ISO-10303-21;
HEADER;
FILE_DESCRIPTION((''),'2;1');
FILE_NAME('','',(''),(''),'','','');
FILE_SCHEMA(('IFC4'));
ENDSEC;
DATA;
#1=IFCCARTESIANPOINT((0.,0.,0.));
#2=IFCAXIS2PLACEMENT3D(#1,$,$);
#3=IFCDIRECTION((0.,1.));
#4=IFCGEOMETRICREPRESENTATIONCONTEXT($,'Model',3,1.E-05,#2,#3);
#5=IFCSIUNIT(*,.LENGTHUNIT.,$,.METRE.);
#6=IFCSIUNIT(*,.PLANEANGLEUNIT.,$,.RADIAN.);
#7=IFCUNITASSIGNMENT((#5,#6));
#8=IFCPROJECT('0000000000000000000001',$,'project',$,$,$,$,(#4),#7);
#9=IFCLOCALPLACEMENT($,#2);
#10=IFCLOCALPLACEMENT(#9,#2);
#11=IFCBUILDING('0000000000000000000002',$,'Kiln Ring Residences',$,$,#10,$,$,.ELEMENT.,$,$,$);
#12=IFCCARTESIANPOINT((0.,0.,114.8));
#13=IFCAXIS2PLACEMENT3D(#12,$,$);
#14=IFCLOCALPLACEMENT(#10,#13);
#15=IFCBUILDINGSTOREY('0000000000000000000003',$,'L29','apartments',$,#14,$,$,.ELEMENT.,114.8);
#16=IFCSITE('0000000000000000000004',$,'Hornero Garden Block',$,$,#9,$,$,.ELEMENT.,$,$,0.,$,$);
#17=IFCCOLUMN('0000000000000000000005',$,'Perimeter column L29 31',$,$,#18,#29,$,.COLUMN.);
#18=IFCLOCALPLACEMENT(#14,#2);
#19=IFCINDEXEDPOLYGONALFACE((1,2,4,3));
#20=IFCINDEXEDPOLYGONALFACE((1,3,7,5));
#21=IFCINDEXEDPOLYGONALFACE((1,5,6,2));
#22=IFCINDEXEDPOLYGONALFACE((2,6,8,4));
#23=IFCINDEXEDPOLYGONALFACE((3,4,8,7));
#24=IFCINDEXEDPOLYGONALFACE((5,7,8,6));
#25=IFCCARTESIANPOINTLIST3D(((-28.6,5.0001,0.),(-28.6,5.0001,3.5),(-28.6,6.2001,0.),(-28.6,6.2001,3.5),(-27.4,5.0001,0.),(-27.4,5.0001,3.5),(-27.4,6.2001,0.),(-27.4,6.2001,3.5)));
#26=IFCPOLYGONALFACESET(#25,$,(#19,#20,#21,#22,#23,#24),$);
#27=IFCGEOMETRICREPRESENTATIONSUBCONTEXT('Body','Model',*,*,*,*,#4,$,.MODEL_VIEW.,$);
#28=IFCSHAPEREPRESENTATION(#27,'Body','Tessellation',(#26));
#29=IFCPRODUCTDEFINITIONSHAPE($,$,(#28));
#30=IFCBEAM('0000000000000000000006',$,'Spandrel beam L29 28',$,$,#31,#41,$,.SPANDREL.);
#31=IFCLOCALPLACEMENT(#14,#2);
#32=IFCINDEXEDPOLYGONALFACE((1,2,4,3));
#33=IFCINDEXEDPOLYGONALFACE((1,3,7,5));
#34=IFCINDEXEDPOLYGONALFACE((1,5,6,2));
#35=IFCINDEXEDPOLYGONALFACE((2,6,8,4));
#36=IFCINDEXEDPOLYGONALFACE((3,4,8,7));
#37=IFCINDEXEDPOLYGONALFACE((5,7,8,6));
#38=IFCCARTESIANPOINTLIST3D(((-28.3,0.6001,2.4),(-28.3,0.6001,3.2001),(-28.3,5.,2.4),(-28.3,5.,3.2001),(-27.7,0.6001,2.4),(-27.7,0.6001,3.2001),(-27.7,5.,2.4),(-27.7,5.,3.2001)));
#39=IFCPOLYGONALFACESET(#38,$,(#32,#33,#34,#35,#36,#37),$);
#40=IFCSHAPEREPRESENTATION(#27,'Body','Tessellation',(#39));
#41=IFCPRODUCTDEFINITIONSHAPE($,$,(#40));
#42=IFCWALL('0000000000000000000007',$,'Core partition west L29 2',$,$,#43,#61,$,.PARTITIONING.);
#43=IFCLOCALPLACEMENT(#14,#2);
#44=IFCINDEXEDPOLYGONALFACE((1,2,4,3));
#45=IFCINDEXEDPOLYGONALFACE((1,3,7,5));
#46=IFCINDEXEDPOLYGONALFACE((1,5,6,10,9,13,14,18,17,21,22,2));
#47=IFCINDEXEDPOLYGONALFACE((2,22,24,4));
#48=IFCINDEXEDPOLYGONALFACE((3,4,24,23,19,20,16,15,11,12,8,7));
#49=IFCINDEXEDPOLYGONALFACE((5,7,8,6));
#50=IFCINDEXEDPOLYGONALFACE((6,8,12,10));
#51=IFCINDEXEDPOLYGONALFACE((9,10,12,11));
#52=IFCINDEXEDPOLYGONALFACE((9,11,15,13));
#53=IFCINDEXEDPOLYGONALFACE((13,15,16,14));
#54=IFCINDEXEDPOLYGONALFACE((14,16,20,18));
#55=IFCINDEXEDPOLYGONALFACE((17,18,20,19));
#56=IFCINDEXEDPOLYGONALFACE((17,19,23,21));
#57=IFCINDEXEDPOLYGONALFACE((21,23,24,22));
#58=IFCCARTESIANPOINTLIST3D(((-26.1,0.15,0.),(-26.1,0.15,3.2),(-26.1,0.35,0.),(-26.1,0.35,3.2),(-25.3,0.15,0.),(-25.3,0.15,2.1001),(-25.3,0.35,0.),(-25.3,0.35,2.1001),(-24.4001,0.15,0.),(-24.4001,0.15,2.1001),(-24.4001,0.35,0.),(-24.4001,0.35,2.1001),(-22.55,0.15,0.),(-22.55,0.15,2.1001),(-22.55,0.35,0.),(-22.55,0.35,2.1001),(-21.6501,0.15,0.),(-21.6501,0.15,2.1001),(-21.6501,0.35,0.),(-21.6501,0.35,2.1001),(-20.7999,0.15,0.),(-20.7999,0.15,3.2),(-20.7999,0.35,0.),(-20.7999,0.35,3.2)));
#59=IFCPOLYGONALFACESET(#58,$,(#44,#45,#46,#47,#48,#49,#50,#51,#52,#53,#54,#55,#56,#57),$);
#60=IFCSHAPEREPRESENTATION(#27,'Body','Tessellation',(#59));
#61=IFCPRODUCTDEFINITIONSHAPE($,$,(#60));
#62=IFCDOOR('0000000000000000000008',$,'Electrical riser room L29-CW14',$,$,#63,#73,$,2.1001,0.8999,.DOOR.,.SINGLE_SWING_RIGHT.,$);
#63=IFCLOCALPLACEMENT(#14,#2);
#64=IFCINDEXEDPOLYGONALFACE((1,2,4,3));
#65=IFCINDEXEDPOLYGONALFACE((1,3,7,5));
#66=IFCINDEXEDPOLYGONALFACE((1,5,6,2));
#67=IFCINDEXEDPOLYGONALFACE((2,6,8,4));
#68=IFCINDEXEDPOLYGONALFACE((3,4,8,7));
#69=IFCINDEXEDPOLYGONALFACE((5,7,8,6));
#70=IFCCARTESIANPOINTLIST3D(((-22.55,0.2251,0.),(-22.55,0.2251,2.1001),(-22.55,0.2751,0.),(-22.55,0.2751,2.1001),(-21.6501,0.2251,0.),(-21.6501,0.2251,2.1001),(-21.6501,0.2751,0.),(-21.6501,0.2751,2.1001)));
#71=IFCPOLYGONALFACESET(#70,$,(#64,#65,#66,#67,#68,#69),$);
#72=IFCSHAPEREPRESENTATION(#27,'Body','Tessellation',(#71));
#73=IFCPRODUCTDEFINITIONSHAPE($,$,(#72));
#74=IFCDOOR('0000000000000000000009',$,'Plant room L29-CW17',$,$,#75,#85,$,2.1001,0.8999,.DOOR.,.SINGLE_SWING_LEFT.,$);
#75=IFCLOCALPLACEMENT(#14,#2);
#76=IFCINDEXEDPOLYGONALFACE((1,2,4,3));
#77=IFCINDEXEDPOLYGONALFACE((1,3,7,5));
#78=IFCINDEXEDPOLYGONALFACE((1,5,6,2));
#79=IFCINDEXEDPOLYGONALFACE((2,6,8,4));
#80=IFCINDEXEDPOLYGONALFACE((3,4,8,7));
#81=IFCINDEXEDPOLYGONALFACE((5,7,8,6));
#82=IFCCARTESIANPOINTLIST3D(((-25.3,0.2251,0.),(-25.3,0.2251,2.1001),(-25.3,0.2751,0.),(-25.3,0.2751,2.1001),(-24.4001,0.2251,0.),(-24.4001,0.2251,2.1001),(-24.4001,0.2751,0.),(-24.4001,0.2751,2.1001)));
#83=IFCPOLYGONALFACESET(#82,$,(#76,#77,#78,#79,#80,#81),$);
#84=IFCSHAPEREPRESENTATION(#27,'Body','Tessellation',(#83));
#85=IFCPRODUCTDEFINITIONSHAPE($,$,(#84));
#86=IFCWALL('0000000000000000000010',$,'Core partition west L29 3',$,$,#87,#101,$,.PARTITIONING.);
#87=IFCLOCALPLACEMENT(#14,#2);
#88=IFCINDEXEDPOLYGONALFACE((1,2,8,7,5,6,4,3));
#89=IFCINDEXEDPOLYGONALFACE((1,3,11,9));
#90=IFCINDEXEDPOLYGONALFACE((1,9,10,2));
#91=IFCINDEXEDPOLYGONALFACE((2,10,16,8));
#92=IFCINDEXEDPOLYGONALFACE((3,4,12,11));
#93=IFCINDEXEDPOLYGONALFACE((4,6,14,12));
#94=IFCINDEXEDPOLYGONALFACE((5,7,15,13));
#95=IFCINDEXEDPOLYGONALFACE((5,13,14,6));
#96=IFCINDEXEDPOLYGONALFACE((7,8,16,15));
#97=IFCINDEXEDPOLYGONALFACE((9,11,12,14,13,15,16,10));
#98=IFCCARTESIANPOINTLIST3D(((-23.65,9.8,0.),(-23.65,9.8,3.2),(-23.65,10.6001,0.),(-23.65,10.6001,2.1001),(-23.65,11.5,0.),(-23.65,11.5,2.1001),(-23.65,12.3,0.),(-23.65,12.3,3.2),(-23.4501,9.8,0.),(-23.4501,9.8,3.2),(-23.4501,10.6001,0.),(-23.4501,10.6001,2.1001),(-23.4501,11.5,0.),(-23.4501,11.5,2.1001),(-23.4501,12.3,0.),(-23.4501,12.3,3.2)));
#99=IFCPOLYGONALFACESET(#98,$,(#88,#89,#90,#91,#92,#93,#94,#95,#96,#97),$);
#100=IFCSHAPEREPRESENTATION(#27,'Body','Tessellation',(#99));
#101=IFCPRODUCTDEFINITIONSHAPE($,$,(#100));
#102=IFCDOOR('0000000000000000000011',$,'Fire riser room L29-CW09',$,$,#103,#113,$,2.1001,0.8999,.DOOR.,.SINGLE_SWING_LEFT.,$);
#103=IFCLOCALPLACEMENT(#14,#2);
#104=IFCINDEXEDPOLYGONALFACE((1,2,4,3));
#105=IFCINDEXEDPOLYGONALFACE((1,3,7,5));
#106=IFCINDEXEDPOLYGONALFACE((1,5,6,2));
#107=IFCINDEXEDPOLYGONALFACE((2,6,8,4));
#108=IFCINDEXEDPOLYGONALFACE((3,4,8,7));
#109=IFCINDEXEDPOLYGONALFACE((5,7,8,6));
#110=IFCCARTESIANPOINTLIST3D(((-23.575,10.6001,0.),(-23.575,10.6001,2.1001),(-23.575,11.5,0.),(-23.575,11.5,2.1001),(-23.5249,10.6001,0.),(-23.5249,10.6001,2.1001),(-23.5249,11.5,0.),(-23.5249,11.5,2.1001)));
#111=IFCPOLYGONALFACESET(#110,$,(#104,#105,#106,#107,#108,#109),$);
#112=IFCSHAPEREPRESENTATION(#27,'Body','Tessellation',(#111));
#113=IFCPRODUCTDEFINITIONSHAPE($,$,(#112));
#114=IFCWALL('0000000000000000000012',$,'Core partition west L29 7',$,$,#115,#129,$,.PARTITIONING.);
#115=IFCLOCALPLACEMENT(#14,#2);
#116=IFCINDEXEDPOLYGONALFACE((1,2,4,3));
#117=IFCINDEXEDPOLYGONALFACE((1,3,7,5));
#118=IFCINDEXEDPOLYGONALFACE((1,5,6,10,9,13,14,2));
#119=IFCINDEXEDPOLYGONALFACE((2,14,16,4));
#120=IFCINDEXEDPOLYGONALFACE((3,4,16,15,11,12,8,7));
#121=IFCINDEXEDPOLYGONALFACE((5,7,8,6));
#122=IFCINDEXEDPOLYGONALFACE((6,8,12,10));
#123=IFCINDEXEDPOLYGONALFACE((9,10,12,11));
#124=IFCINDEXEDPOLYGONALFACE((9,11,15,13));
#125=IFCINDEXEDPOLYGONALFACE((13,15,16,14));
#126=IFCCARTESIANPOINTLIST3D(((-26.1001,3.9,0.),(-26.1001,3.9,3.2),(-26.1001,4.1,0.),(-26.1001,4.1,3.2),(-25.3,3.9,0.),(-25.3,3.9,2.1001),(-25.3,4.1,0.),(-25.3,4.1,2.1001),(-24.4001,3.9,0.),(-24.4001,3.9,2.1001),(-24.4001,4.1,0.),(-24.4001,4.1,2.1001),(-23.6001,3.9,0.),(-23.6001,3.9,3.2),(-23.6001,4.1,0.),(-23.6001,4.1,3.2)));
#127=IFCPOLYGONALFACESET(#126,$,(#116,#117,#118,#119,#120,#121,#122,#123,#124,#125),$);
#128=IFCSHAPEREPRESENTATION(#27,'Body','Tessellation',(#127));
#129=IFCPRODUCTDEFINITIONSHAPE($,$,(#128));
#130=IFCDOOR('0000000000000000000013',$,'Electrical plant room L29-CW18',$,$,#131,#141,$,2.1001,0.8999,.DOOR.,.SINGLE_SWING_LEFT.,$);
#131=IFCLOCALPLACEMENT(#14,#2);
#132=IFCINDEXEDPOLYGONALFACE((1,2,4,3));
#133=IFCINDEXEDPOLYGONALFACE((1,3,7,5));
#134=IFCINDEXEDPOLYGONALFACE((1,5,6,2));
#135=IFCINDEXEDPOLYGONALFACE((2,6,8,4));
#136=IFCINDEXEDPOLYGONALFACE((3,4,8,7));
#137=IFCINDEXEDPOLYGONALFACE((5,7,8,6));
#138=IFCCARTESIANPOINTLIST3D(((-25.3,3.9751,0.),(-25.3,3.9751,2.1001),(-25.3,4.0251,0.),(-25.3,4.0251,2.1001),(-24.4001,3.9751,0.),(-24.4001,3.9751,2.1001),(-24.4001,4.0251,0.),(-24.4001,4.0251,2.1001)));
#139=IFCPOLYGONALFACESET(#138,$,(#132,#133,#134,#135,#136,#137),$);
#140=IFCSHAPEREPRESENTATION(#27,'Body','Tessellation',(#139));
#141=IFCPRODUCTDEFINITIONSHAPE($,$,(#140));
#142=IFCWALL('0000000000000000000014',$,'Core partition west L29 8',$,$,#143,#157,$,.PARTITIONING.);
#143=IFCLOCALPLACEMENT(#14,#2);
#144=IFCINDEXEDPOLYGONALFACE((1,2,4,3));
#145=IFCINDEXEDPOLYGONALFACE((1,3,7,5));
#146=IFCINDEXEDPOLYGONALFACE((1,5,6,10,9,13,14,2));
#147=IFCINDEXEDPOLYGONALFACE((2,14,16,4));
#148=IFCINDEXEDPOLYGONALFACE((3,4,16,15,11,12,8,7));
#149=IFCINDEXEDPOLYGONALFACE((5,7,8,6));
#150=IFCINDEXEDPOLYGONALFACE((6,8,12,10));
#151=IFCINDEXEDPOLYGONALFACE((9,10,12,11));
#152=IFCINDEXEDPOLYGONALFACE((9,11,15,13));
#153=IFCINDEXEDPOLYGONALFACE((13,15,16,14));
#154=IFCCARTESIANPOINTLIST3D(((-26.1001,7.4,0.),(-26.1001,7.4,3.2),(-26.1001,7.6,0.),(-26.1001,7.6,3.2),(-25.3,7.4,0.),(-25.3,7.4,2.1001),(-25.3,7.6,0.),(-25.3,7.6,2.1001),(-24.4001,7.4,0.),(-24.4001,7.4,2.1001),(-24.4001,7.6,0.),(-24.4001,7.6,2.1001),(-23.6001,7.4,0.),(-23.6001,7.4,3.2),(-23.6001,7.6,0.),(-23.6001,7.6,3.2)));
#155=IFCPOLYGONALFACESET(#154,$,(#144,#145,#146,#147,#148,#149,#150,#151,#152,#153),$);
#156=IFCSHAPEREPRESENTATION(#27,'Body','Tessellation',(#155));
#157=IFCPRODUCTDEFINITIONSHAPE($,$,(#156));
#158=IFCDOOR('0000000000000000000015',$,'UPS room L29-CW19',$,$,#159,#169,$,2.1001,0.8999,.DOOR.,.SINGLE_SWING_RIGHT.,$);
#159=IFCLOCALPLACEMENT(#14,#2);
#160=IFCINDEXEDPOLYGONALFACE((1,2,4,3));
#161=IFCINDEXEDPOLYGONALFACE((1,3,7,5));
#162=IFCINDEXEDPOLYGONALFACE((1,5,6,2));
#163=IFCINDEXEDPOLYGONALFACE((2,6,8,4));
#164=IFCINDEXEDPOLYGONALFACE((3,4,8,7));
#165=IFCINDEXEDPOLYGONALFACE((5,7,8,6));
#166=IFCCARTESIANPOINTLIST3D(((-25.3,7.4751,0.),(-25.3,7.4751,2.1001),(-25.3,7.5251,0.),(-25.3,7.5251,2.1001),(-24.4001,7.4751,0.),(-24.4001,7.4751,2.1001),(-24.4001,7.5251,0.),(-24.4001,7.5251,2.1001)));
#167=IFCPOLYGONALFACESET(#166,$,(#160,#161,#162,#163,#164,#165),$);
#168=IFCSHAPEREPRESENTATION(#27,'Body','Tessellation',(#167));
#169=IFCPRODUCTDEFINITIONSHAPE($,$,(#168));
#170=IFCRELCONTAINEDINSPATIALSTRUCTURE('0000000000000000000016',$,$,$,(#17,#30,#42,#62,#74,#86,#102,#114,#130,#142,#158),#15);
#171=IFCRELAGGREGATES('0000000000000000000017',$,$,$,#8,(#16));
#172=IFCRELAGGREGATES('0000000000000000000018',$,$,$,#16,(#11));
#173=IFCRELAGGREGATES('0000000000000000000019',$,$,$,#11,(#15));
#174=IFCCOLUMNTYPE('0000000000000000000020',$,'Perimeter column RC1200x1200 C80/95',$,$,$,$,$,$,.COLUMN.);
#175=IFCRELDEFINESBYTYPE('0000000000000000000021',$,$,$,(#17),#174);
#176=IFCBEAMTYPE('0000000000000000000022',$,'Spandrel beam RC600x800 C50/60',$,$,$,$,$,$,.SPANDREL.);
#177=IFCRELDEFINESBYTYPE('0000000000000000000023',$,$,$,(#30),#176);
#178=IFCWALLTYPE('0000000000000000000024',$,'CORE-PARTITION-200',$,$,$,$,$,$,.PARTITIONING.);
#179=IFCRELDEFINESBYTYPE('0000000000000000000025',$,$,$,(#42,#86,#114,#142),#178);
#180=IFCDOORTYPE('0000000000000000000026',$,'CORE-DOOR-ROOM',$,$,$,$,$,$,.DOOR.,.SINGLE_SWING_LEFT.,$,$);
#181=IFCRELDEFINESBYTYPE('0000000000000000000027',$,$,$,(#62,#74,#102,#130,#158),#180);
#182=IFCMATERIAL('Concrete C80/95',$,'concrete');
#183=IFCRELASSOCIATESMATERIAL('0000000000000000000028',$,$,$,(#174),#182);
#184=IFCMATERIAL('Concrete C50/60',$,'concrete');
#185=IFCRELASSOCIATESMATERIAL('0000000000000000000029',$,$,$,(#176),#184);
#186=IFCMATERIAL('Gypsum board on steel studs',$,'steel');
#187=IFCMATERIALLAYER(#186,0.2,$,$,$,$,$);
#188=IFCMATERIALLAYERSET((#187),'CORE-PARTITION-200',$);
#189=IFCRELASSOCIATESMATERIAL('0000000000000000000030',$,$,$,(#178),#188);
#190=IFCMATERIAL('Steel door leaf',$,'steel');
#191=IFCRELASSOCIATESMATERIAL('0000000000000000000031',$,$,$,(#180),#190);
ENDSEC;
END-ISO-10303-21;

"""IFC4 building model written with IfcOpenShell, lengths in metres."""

from ifc_helpers import new_model, si_unit, direction, frame, frame_2d, origin, origin_2d, place, context, subcontext, project, spatial, rectangle, extrude, material, layer, layer_set, material_profile, profile_set, type_object, element, fill, save


model = new_model("IFC4")

# Units and contexts
model_context = context("Model", 3, precision=1e-05, world=origin(), true_north=direction((0.0, 1.0)))
body_context = subcontext(model_context, "Body", "Model", "MODEL_VIEW")
ifc_project = project(units=[si_unit("LENGTHUNIT", "METRE"), si_unit("PLANEANGLEUNIT", "RADIAN")], contexts=[model_context])

# Site, building, storey
site_placement = place(None, origin())
site = spatial("IfcSite", under=ifc_project, at=site_placement, Name="Hornero Garden Block", CompositionType="ELEMENT", RefElevation=0.0)
building_placement = place(site_placement, origin())
building = spatial("IfcBuilding", under=site, at=building_placement, Name="Kiln Ring Residences", CompositionType="ELEMENT")
storey_placement = place(building_placement, frame((0.0, 0.0, 114.8)))
storey = spatial("IfcBuildingStorey", under=building, at=storey_placement, Name="L29", Description="apartments", CompositionType="ELEMENT", Elevation=114.8)

# Column
ifc_material_1 = material(Name="Concrete C80/95", Category="concrete")
ifc_material_profile_1 = material_profile(ifc_material_1, rectangle(XDim=1.2, YDim=1.2, at=origin_2d()), Name="RC1200x1200")
ifc_profile_set_1 = profile_set([ifc_material_profile_1], Name="Concrete C80/95")
column_type = type_object("IfcColumnType", Name="Perimeter column RC1200x1200 C80/95", PredefinedType="COLUMN", material=ifc_profile_set_1)
column_placement = place(storey_placement, frame((-28.0, 5.6001, 0.0), z_axis=(0.0, 0.0, 1.0), x_axis=(1.0, 0.0, 0.0)))
element("IfcColumn", 1, at=column_placement, inside=storey, type_object=column_type, Name="Perimeter column L29 31", PredefinedType="COLUMN", context=body_context, shape_type="SweptSolid", body=[
    extrude(rectangle(XDim=1.2, YDim=1.2, at=origin_2d()), origin(), (0.0, 0.0, 1.0), 3.5),
])

# Beam
ifc_material_2 = material(Name="Concrete C50/60", Category="concrete")
ifc_material_profile_2 = material_profile(ifc_material_2, rectangle(XDim=0.6001, YDim=0.8, at=origin_2d()), Name="RC600x800")
ifc_profile_set_2 = profile_set([ifc_material_profile_2], Name="Concrete C50/60")
beam_type = type_object("IfcBeamType", Name="Spandrel beam RC600x800 C50/60", PredefinedType="SPANDREL", material=ifc_profile_set_2)
beam_placement = place(storey_placement, frame((-28.0, 5.0, 2.8), z_axis=(0.0, -1.0, 0.0), x_axis=(1.0, 0.0, 0.0)))
element("IfcBeam", 2, at=beam_placement, inside=storey, type_object=beam_type, Name="Spandrel beam L29 28", PredefinedType="SPANDREL", context=body_context, shape_type="SweptSolid", body=[
    extrude(rectangle(XDim=0.6001, YDim=0.8, at=origin_2d()), origin(), (0.0, 0.0, 1.0), 4.3999),
])

# Wall, openings, doors
ifc_material_3 = material(Name="Gypsum board on steel studs", Category="steel")
ifc_layer_1 = layer(ifc_material_3, 0.2)
ifc_layer_set_1 = layer_set([ifc_layer_1], Name="CORE-PARTITION-200")
wall_type_1 = type_object("IfcWallType", Name="CORE-PARTITION-200", PredefinedType="PARTITIONING", material=ifc_layer_set_1)
wall_1_placement = place(storey_placement, frame((-20.8, 0.25, 0.0), z_axis=(0.0, 0.0, 1.0), x_axis=(-1.0, 0.0, 0.0)))
wall_1 = element("IfcWall", 3, at=wall_1_placement, inside=storey, type_object=wall_type_1, Name="Core partition west L29 2", PredefinedType="PARTITIONING", context=body_context, shape_type="SweptSolid", body=[
    extrude(rectangle(XDim=5.3, YDim=0.2, at=frame_2d((2.6499, 0.0))), origin(), (0.0, 0.0, 1.0), 3.2),
])
opening_1_placement = place(wall_1_placement, frame((0.8501, 0.0, 0.0)))
opening_1 = element("IfcOpeningElement", 4, at=opening_1_placement, cuts=wall_1, PredefinedType="OPENING", context=body_context, shape_type="SweptSolid", body=[
    extrude(rectangle(XDim=0.8999, YDim=2.1001, at=frame_2d((0.45, 1.05))), frame((0.0, 0.1099, 0.0), z_axis=(0.0, -1.0, 0.0), x_axis=(1.0, 0.0, 0.0)), (0.0, 0.0, 1.0), 0.22),
])
opening_2_placement = place(wall_1_placement, frame((3.6001, 0.0, 0.0)))
opening_2 = element("IfcOpeningElement", 5, at=opening_2_placement, cuts=wall_1, PredefinedType="OPENING", context=body_context, shape_type="SweptSolid", body=[
    extrude(rectangle(XDim=0.8999, YDim=2.1001, at=frame_2d((0.45, 1.05))), frame((0.0, 0.1099, 0.0), z_axis=(0.0, -1.0, 0.0), x_axis=(1.0, 0.0, 0.0)), (0.0, 0.0, 1.0), 0.22),
])
ifc_material_4 = material(Name="Steel door leaf", Category="steel")
door_type = type_object("IfcDoorType", Name="CORE-DOOR-ROOM", OperationType="SINGLE_SWING_LEFT", PredefinedType="DOOR", material=ifc_material_4)
door_1_placement = place(opening_1_placement, origin())
door_1 = element("IfcDoor", 6, at=door_1_placement, inside=storey, type_object=door_type, Name="Electrical riser room L29-CW14", OperationType="SINGLE_SWING_RIGHT", OverallHeight=2.1001, OverallWidth=0.8999, PredefinedType="DOOR", context=body_context, shape_type="SweptSolid", body=[
    extrude(rectangle(XDim=0.8999, YDim=2.1001, at=frame_2d((0.45, 1.05))), frame((0.0, 0.0249, 0.0), z_axis=(0.0, -1.0, 0.0), x_axis=(1.0, 0.0, 0.0)), (0.0, 0.0, 1.0), 0.05),
])
fill(opening_1, door_1)
door_2_placement = place(opening_2_placement, origin())
door_2 = element("IfcDoor", 7, at=door_2_placement, inside=storey, type_object=door_type, Name="Plant room L29-CW17", OperationType="SINGLE_SWING_LEFT", OverallHeight=2.1001, OverallWidth=0.8999, PredefinedType="DOOR", context=body_context, shape_type="SweptSolid", body=[
    extrude(rectangle(XDim=0.8999, YDim=2.1001, at=frame_2d((0.45, 1.05))), frame((0.0, 0.0249, 0.0), z_axis=(0.0, -1.0, 0.0), x_axis=(1.0, 0.0, 0.0)), (0.0, 0.0, 1.0), 0.05),
])
fill(opening_2, door_2)

# Walls, openings, doors
wall_2_placement = place(storey_placement, frame((-23.55, 9.8, 0.0), z_axis=(0.0, 0.0, 1.0), x_axis=(0.0, 1.0, 0.0)))
wall_2 = element("IfcWall", 8, at=wall_2_placement, inside=storey, type_object=wall_type_1, Name="Core partition west L29 3", PredefinedType="PARTITIONING", context=body_context, shape_type="SweptSolid", body=[
    extrude(rectangle(XDim=2.5, YDim=0.2, at=frame_2d((1.25, 0.0))), origin(), (0.0, 0.0, 1.0), 3.2),
])
opening_3_placement = place(wall_2_placement, frame((0.8, 0.0, 0.0)))
opening_3 = element("IfcOpeningElement", 9, at=opening_3_placement, cuts=wall_2, PredefinedType="OPENING", context=body_context, shape_type="SweptSolid", body=[
    extrude(rectangle(XDim=0.8999, YDim=2.1001, at=frame_2d((0.45, 1.05))), frame((0.0, 0.1099, 0.0), z_axis=(0.0, -1.0, 0.0), x_axis=(1.0, 0.0, 0.0)), (0.0, 0.0, 1.0), 0.22),
])
door_3_placement = place(opening_3_placement, origin())
door_3 = element("IfcDoor", 10, at=door_3_placement, inside=storey, type_object=door_type, Name="Fire riser room L29-CW09", OperationType="SINGLE_SWING_LEFT", OverallHeight=2.1001, OverallWidth=0.8999, PredefinedType="DOOR", context=body_context, shape_type="SweptSolid", body=[
    extrude(rectangle(XDim=0.8999, YDim=2.1001, at=frame_2d((0.45, 1.05))), frame((0.0, 0.0249, 0.0), z_axis=(0.0, -1.0, 0.0), x_axis=(1.0, 0.0, 0.0)), (0.0, 0.0, 1.0), 0.05),
])
fill(opening_3, door_3)
wall_3_placement = place(storey_placement, frame((-23.6001, 4.0, 0.0), z_axis=(0.0, 0.0, 1.0), x_axis=(-1.0, 0.0, 0.0)))
wall_3 = element("IfcWall", 11, at=wall_3_placement, inside=storey, type_object=wall_type_1, Name="Core partition west L29 7", PredefinedType="PARTITIONING", context=body_context, shape_type="SweptSolid", body=[
    extrude(rectangle(XDim=2.5, YDim=0.2, at=frame_2d((1.25, 0.0))), origin(), (0.0, 0.0, 1.0), 3.2),
])
opening_4_placement = place(wall_3_placement, frame((0.8, 0.0, 0.0)))
opening_4 = element("IfcOpeningElement", 12, at=opening_4_placement, cuts=wall_3, PredefinedType="OPENING", context=body_context, shape_type="SweptSolid", body=[
    extrude(rectangle(XDim=0.8999, YDim=2.1001, at=frame_2d((0.45, 1.05))), frame((0.0, 0.1099, 0.0), z_axis=(0.0, -1.0, 0.0), x_axis=(1.0, 0.0, 0.0)), (0.0, 0.0, 1.0), 0.22),
])
door_4_placement = place(opening_4_placement, origin())
door_4 = element("IfcDoor", 13, at=door_4_placement, inside=storey, type_object=door_type, Name="Electrical plant room L29-CW18", OperationType="SINGLE_SWING_LEFT", OverallHeight=2.1001, OverallWidth=0.8999, PredefinedType="DOOR", context=body_context, shape_type="SweptSolid", body=[
    extrude(rectangle(XDim=0.8999, YDim=2.1001, at=frame_2d((0.45, 1.05))), frame((0.0, 0.0249, 0.0), z_axis=(0.0, -1.0, 0.0), x_axis=(1.0, 0.0, 0.0)), (0.0, 0.0, 1.0), 0.05),
])
fill(opening_4, door_4)
wall_4_placement = place(storey_placement, frame((-23.6001, 7.5, 0.0), z_axis=(0.0, 0.0, 1.0), x_axis=(-1.0, 0.0, 0.0)))
wall_4 = element("IfcWall", 14, at=wall_4_placement, inside=storey, type_object=wall_type_1, Name="Core partition west L29 8", PredefinedType="PARTITIONING", context=body_context, shape_type="SweptSolid", body=[
    extrude(rectangle(XDim=2.5, YDim=0.2, at=frame_2d((1.25, 0.0))), origin(), (0.0, 0.0, 1.0), 3.2),
])
opening_5_placement = place(wall_4_placement, frame((0.8, 0.0, 0.0)))
opening_5 = element("IfcOpeningElement", 15, at=opening_5_placement, cuts=wall_4, PredefinedType="OPENING", context=body_context, shape_type="SweptSolid", body=[
    extrude(rectangle(XDim=0.8999, YDim=2.1001, at=frame_2d((0.45, 1.05))), frame((0.0, 0.1099, 0.0), z_axis=(0.0, -1.0, 0.0), x_axis=(1.0, 0.0, 0.0)), (0.0, 0.0, 1.0), 0.22),
])
door_5_placement = place(opening_5_placement, origin())
door_5 = element("IfcDoor", 16, at=door_5_placement, inside=storey, type_object=door_type, Name="UPS room L29-CW19", OperationType="SINGLE_SWING_RIGHT", OverallHeight=2.1001, OverallWidth=0.8999, PredefinedType="DOOR", context=body_context, shape_type="SweptSolid", body=[
    extrude(rectangle(XDim=0.8999, YDim=2.1001, at=frame_2d((0.45, 1.05))), frame((0.0, 0.0249, 0.0), z_axis=(0.0, -1.0, 0.0), x_axis=(1.0, 0.0, 0.0)), (0.0, 0.0, 1.0), 0.05),
])
fill(opening_5, door_5)

save(model, "model.ifc")
